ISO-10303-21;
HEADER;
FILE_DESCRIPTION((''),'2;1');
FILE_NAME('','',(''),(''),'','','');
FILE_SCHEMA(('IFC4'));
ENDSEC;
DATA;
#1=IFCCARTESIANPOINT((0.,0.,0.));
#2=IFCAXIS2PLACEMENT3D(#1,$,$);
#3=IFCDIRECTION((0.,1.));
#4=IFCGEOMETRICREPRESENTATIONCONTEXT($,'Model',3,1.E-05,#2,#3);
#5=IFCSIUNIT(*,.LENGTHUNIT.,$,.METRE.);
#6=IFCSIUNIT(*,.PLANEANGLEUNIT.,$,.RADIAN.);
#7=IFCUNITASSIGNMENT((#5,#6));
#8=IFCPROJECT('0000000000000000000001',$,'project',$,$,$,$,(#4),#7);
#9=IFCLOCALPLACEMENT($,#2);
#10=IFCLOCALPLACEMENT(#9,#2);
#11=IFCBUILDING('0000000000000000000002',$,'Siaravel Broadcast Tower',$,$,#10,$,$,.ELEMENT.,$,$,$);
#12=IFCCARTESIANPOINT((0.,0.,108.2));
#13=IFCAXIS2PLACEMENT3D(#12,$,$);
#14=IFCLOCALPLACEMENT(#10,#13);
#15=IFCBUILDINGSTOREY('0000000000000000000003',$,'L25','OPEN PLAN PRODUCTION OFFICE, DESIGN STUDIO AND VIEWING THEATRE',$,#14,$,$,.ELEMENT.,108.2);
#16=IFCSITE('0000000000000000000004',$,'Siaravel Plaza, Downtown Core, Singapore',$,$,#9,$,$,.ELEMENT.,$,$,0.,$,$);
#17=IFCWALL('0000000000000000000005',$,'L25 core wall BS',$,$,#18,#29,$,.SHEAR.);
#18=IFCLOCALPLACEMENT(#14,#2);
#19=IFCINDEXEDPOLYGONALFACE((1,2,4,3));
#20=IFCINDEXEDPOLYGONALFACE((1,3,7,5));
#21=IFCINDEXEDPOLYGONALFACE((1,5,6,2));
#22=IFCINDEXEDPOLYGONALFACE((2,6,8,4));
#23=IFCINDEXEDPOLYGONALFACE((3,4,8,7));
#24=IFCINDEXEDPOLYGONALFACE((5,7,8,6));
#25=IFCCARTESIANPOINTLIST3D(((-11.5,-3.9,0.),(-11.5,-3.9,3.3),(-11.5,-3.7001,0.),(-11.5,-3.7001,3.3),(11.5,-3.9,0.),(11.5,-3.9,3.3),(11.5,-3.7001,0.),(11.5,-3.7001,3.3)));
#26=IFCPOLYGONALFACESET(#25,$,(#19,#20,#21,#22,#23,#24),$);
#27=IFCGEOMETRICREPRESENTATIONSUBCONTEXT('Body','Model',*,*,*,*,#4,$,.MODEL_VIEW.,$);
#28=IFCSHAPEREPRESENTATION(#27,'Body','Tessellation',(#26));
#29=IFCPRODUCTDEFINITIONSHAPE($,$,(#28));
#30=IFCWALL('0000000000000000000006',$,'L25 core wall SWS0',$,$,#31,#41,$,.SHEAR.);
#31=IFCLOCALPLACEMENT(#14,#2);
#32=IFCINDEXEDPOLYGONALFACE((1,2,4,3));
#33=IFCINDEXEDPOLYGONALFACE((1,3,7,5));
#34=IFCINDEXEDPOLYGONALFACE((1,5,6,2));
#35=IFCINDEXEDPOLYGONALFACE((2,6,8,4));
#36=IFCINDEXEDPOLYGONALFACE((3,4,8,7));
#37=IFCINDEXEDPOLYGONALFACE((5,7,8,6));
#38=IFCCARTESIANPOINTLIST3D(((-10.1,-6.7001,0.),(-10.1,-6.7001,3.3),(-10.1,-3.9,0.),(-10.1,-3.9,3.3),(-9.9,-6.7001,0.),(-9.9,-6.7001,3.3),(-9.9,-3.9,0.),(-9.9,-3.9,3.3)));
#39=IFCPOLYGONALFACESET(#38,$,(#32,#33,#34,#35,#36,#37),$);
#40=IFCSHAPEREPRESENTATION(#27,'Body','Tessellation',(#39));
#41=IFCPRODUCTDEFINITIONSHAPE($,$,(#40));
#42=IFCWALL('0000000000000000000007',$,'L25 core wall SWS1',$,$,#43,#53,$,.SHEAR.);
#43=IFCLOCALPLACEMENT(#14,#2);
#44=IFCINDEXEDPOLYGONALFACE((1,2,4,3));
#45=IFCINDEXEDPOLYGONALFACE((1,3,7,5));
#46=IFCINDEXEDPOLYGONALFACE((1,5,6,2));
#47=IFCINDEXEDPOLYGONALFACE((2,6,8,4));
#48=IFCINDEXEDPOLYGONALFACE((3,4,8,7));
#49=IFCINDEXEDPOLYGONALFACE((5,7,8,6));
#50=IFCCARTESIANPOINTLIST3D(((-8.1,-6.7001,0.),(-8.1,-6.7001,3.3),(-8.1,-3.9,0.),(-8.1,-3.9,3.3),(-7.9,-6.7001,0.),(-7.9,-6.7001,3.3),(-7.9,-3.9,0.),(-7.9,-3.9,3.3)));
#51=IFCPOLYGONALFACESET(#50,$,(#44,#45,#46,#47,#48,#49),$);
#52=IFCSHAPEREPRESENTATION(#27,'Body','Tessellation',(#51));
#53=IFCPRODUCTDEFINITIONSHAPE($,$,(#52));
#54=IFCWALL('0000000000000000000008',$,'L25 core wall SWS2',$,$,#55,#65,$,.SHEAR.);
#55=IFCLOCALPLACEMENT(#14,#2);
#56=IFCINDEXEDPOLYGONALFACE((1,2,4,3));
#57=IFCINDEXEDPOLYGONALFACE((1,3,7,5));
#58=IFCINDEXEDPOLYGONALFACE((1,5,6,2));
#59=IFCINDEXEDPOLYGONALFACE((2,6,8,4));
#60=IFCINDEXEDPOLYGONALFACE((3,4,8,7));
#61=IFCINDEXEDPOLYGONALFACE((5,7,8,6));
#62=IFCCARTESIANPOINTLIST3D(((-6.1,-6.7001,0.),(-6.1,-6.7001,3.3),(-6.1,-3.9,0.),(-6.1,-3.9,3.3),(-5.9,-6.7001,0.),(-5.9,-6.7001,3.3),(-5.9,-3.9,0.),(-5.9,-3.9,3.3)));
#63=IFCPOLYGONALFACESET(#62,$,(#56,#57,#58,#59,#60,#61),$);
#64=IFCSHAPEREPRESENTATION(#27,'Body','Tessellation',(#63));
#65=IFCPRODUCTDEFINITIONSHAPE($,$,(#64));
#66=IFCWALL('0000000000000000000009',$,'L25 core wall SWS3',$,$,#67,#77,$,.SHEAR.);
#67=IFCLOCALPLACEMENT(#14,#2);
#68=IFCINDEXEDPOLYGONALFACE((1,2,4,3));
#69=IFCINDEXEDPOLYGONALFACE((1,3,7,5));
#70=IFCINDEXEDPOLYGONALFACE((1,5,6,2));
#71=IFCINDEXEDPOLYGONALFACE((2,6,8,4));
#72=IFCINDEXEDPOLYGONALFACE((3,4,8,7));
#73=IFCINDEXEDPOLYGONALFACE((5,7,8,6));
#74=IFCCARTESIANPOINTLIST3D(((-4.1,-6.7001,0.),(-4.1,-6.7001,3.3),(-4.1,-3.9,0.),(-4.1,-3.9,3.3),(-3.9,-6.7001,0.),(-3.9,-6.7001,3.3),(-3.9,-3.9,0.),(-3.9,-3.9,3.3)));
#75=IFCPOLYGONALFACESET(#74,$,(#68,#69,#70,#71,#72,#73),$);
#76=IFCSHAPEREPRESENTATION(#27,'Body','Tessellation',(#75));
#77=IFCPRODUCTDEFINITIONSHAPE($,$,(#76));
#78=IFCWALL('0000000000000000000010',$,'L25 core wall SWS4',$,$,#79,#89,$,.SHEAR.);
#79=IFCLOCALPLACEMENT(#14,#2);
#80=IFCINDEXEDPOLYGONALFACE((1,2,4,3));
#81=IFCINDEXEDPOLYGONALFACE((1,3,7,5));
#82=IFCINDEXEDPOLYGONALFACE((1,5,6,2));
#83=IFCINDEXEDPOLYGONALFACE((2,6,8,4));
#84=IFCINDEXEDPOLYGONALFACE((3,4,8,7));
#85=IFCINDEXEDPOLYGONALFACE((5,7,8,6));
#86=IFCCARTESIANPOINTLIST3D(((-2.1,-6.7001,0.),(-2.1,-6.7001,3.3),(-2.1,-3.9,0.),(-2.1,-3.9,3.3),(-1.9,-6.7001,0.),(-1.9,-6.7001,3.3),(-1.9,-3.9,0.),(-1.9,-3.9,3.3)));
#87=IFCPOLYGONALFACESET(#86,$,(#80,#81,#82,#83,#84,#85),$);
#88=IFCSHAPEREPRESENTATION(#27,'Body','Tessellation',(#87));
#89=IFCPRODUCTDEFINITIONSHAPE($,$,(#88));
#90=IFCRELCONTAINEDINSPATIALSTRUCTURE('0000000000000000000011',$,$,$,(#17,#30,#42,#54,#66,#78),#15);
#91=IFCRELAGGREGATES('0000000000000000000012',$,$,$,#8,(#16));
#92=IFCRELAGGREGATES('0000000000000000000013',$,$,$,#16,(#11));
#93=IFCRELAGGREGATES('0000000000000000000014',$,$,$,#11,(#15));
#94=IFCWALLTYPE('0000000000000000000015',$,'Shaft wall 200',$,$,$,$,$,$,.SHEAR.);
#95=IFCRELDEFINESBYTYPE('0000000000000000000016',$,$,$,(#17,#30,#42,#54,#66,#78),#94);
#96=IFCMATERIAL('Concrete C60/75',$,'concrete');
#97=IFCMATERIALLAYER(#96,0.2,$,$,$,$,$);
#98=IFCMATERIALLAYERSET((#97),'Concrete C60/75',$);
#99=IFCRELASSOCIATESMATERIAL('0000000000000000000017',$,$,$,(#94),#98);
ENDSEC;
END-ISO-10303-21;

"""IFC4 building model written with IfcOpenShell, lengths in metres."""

from ifc_helpers import new_model, si_unit, direction, frame, frame_2d, origin, place, context, subcontext, project, spatial, rectangle, extrude, material, layer, layer_set, type_object, element, save


model = new_model("IFC4")

# Units and contexts
model_context = context("Model", 3, precision=1e-05, world=origin(), true_north=direction((0.0, 1.0)))
body_context = subcontext(model_context, "Body", "Model", "MODEL_VIEW")
ifc_project = project(units=[si_unit("LENGTHUNIT", "METRE"), si_unit("PLANEANGLEUNIT", "RADIAN")], contexts=[model_context])

# Site, building, storey
site_placement = place(None, origin())
site = spatial("IfcSite", under=ifc_project, at=site_placement, Name="Siaravel Plaza, Downtown Core, Singapore", CompositionType="ELEMENT", RefElevation=0.0)
building_placement = place(site_placement, origin())
building = spatial("IfcBuilding", under=site, at=building_placement, Name="Siaravel Broadcast Tower", CompositionType="ELEMENT")
storey_placement = place(building_placement, frame((0.0, 0.0, 108.2)))
storey = spatial("IfcBuildingStorey", under=building, at=storey_placement, Name="L25", Description="OPEN PLAN PRODUCTION OFFICE, DESIGN STUDIO AND VIEWING THEATRE", CompositionType="ELEMENT", Elevation=108.2)

# Shared definitions
ifc_material_1 = material(Name="Concrete C60/75", Category="concrete")

# Walls
ifc_layer_1 = layer(ifc_material_1, 0.2)
ifc_layer_set_1 = layer_set([ifc_layer_1], Name="Concrete C60/75")
wall_type_1 = type_object("IfcWallType", Name="Shaft wall 200", PredefinedType="SHEAR", material=ifc_layer_set_1)
wall_1_placement = place(storey_placement, frame((-11.5, -3.8, 0.0), z_axis=(0.0, 0.0, 1.0), x_axis=(1.0, 0.0, 0.0)))
element("IfcWall", 1, at=wall_1_placement, inside=storey, type_object=wall_type_1, Name="L25 core wall BS", PredefinedType="SHEAR", context=body_context, shape_type="SweptSolid", body=[
    extrude(rectangle(XDim=23.0, YDim=0.2, at=frame_2d((11.5, 0.0))), origin(), (0.0, 0.0, 1.0), 3.3),
])
for number, where, z_axis, x_axis, name in (
    (2, (-10.0, -6.7, 0.0), (0.0, 0.0, 1.0), (0.0, 1.0, 0.0), "L25 core wall SWS0"),
    (3, (-8.0, -6.7, 0.0), (0.0, 0.0, 1.0), (0.0, 1.0, 0.0), "L25 core wall SWS1"),
    (4, (-6.0, -6.7, 0.0), (0.0, 0.0, 1.0), (0.0, 1.0, 0.0), "L25 core wall SWS2"),
    (5, (-4.0, -6.7, 0.0), (0.0, 0.0, 1.0), (0.0, 1.0, 0.0), "L25 core wall SWS3"),
    (6, (-2.0, -6.7, 0.0), (0.0, 0.0, 1.0), (0.0, 1.0, 0.0), "L25 core wall SWS4"),
):
    element("IfcWall", number, at=place(storey_placement, frame(where, z_axis=z_axis, x_axis=x_axis)), inside=storey, type_object=wall_type_1, Name=name, PredefinedType="SHEAR", context=body_context, shape_type="SweptSolid", body=[
        extrude(rectangle(XDim=2.8, YDim=0.2, at=frame_2d((1.3999, 0.0))), origin(), (0.0, 0.0, 1.0), 3.3),
    ])

save(model, "model.ifc")
